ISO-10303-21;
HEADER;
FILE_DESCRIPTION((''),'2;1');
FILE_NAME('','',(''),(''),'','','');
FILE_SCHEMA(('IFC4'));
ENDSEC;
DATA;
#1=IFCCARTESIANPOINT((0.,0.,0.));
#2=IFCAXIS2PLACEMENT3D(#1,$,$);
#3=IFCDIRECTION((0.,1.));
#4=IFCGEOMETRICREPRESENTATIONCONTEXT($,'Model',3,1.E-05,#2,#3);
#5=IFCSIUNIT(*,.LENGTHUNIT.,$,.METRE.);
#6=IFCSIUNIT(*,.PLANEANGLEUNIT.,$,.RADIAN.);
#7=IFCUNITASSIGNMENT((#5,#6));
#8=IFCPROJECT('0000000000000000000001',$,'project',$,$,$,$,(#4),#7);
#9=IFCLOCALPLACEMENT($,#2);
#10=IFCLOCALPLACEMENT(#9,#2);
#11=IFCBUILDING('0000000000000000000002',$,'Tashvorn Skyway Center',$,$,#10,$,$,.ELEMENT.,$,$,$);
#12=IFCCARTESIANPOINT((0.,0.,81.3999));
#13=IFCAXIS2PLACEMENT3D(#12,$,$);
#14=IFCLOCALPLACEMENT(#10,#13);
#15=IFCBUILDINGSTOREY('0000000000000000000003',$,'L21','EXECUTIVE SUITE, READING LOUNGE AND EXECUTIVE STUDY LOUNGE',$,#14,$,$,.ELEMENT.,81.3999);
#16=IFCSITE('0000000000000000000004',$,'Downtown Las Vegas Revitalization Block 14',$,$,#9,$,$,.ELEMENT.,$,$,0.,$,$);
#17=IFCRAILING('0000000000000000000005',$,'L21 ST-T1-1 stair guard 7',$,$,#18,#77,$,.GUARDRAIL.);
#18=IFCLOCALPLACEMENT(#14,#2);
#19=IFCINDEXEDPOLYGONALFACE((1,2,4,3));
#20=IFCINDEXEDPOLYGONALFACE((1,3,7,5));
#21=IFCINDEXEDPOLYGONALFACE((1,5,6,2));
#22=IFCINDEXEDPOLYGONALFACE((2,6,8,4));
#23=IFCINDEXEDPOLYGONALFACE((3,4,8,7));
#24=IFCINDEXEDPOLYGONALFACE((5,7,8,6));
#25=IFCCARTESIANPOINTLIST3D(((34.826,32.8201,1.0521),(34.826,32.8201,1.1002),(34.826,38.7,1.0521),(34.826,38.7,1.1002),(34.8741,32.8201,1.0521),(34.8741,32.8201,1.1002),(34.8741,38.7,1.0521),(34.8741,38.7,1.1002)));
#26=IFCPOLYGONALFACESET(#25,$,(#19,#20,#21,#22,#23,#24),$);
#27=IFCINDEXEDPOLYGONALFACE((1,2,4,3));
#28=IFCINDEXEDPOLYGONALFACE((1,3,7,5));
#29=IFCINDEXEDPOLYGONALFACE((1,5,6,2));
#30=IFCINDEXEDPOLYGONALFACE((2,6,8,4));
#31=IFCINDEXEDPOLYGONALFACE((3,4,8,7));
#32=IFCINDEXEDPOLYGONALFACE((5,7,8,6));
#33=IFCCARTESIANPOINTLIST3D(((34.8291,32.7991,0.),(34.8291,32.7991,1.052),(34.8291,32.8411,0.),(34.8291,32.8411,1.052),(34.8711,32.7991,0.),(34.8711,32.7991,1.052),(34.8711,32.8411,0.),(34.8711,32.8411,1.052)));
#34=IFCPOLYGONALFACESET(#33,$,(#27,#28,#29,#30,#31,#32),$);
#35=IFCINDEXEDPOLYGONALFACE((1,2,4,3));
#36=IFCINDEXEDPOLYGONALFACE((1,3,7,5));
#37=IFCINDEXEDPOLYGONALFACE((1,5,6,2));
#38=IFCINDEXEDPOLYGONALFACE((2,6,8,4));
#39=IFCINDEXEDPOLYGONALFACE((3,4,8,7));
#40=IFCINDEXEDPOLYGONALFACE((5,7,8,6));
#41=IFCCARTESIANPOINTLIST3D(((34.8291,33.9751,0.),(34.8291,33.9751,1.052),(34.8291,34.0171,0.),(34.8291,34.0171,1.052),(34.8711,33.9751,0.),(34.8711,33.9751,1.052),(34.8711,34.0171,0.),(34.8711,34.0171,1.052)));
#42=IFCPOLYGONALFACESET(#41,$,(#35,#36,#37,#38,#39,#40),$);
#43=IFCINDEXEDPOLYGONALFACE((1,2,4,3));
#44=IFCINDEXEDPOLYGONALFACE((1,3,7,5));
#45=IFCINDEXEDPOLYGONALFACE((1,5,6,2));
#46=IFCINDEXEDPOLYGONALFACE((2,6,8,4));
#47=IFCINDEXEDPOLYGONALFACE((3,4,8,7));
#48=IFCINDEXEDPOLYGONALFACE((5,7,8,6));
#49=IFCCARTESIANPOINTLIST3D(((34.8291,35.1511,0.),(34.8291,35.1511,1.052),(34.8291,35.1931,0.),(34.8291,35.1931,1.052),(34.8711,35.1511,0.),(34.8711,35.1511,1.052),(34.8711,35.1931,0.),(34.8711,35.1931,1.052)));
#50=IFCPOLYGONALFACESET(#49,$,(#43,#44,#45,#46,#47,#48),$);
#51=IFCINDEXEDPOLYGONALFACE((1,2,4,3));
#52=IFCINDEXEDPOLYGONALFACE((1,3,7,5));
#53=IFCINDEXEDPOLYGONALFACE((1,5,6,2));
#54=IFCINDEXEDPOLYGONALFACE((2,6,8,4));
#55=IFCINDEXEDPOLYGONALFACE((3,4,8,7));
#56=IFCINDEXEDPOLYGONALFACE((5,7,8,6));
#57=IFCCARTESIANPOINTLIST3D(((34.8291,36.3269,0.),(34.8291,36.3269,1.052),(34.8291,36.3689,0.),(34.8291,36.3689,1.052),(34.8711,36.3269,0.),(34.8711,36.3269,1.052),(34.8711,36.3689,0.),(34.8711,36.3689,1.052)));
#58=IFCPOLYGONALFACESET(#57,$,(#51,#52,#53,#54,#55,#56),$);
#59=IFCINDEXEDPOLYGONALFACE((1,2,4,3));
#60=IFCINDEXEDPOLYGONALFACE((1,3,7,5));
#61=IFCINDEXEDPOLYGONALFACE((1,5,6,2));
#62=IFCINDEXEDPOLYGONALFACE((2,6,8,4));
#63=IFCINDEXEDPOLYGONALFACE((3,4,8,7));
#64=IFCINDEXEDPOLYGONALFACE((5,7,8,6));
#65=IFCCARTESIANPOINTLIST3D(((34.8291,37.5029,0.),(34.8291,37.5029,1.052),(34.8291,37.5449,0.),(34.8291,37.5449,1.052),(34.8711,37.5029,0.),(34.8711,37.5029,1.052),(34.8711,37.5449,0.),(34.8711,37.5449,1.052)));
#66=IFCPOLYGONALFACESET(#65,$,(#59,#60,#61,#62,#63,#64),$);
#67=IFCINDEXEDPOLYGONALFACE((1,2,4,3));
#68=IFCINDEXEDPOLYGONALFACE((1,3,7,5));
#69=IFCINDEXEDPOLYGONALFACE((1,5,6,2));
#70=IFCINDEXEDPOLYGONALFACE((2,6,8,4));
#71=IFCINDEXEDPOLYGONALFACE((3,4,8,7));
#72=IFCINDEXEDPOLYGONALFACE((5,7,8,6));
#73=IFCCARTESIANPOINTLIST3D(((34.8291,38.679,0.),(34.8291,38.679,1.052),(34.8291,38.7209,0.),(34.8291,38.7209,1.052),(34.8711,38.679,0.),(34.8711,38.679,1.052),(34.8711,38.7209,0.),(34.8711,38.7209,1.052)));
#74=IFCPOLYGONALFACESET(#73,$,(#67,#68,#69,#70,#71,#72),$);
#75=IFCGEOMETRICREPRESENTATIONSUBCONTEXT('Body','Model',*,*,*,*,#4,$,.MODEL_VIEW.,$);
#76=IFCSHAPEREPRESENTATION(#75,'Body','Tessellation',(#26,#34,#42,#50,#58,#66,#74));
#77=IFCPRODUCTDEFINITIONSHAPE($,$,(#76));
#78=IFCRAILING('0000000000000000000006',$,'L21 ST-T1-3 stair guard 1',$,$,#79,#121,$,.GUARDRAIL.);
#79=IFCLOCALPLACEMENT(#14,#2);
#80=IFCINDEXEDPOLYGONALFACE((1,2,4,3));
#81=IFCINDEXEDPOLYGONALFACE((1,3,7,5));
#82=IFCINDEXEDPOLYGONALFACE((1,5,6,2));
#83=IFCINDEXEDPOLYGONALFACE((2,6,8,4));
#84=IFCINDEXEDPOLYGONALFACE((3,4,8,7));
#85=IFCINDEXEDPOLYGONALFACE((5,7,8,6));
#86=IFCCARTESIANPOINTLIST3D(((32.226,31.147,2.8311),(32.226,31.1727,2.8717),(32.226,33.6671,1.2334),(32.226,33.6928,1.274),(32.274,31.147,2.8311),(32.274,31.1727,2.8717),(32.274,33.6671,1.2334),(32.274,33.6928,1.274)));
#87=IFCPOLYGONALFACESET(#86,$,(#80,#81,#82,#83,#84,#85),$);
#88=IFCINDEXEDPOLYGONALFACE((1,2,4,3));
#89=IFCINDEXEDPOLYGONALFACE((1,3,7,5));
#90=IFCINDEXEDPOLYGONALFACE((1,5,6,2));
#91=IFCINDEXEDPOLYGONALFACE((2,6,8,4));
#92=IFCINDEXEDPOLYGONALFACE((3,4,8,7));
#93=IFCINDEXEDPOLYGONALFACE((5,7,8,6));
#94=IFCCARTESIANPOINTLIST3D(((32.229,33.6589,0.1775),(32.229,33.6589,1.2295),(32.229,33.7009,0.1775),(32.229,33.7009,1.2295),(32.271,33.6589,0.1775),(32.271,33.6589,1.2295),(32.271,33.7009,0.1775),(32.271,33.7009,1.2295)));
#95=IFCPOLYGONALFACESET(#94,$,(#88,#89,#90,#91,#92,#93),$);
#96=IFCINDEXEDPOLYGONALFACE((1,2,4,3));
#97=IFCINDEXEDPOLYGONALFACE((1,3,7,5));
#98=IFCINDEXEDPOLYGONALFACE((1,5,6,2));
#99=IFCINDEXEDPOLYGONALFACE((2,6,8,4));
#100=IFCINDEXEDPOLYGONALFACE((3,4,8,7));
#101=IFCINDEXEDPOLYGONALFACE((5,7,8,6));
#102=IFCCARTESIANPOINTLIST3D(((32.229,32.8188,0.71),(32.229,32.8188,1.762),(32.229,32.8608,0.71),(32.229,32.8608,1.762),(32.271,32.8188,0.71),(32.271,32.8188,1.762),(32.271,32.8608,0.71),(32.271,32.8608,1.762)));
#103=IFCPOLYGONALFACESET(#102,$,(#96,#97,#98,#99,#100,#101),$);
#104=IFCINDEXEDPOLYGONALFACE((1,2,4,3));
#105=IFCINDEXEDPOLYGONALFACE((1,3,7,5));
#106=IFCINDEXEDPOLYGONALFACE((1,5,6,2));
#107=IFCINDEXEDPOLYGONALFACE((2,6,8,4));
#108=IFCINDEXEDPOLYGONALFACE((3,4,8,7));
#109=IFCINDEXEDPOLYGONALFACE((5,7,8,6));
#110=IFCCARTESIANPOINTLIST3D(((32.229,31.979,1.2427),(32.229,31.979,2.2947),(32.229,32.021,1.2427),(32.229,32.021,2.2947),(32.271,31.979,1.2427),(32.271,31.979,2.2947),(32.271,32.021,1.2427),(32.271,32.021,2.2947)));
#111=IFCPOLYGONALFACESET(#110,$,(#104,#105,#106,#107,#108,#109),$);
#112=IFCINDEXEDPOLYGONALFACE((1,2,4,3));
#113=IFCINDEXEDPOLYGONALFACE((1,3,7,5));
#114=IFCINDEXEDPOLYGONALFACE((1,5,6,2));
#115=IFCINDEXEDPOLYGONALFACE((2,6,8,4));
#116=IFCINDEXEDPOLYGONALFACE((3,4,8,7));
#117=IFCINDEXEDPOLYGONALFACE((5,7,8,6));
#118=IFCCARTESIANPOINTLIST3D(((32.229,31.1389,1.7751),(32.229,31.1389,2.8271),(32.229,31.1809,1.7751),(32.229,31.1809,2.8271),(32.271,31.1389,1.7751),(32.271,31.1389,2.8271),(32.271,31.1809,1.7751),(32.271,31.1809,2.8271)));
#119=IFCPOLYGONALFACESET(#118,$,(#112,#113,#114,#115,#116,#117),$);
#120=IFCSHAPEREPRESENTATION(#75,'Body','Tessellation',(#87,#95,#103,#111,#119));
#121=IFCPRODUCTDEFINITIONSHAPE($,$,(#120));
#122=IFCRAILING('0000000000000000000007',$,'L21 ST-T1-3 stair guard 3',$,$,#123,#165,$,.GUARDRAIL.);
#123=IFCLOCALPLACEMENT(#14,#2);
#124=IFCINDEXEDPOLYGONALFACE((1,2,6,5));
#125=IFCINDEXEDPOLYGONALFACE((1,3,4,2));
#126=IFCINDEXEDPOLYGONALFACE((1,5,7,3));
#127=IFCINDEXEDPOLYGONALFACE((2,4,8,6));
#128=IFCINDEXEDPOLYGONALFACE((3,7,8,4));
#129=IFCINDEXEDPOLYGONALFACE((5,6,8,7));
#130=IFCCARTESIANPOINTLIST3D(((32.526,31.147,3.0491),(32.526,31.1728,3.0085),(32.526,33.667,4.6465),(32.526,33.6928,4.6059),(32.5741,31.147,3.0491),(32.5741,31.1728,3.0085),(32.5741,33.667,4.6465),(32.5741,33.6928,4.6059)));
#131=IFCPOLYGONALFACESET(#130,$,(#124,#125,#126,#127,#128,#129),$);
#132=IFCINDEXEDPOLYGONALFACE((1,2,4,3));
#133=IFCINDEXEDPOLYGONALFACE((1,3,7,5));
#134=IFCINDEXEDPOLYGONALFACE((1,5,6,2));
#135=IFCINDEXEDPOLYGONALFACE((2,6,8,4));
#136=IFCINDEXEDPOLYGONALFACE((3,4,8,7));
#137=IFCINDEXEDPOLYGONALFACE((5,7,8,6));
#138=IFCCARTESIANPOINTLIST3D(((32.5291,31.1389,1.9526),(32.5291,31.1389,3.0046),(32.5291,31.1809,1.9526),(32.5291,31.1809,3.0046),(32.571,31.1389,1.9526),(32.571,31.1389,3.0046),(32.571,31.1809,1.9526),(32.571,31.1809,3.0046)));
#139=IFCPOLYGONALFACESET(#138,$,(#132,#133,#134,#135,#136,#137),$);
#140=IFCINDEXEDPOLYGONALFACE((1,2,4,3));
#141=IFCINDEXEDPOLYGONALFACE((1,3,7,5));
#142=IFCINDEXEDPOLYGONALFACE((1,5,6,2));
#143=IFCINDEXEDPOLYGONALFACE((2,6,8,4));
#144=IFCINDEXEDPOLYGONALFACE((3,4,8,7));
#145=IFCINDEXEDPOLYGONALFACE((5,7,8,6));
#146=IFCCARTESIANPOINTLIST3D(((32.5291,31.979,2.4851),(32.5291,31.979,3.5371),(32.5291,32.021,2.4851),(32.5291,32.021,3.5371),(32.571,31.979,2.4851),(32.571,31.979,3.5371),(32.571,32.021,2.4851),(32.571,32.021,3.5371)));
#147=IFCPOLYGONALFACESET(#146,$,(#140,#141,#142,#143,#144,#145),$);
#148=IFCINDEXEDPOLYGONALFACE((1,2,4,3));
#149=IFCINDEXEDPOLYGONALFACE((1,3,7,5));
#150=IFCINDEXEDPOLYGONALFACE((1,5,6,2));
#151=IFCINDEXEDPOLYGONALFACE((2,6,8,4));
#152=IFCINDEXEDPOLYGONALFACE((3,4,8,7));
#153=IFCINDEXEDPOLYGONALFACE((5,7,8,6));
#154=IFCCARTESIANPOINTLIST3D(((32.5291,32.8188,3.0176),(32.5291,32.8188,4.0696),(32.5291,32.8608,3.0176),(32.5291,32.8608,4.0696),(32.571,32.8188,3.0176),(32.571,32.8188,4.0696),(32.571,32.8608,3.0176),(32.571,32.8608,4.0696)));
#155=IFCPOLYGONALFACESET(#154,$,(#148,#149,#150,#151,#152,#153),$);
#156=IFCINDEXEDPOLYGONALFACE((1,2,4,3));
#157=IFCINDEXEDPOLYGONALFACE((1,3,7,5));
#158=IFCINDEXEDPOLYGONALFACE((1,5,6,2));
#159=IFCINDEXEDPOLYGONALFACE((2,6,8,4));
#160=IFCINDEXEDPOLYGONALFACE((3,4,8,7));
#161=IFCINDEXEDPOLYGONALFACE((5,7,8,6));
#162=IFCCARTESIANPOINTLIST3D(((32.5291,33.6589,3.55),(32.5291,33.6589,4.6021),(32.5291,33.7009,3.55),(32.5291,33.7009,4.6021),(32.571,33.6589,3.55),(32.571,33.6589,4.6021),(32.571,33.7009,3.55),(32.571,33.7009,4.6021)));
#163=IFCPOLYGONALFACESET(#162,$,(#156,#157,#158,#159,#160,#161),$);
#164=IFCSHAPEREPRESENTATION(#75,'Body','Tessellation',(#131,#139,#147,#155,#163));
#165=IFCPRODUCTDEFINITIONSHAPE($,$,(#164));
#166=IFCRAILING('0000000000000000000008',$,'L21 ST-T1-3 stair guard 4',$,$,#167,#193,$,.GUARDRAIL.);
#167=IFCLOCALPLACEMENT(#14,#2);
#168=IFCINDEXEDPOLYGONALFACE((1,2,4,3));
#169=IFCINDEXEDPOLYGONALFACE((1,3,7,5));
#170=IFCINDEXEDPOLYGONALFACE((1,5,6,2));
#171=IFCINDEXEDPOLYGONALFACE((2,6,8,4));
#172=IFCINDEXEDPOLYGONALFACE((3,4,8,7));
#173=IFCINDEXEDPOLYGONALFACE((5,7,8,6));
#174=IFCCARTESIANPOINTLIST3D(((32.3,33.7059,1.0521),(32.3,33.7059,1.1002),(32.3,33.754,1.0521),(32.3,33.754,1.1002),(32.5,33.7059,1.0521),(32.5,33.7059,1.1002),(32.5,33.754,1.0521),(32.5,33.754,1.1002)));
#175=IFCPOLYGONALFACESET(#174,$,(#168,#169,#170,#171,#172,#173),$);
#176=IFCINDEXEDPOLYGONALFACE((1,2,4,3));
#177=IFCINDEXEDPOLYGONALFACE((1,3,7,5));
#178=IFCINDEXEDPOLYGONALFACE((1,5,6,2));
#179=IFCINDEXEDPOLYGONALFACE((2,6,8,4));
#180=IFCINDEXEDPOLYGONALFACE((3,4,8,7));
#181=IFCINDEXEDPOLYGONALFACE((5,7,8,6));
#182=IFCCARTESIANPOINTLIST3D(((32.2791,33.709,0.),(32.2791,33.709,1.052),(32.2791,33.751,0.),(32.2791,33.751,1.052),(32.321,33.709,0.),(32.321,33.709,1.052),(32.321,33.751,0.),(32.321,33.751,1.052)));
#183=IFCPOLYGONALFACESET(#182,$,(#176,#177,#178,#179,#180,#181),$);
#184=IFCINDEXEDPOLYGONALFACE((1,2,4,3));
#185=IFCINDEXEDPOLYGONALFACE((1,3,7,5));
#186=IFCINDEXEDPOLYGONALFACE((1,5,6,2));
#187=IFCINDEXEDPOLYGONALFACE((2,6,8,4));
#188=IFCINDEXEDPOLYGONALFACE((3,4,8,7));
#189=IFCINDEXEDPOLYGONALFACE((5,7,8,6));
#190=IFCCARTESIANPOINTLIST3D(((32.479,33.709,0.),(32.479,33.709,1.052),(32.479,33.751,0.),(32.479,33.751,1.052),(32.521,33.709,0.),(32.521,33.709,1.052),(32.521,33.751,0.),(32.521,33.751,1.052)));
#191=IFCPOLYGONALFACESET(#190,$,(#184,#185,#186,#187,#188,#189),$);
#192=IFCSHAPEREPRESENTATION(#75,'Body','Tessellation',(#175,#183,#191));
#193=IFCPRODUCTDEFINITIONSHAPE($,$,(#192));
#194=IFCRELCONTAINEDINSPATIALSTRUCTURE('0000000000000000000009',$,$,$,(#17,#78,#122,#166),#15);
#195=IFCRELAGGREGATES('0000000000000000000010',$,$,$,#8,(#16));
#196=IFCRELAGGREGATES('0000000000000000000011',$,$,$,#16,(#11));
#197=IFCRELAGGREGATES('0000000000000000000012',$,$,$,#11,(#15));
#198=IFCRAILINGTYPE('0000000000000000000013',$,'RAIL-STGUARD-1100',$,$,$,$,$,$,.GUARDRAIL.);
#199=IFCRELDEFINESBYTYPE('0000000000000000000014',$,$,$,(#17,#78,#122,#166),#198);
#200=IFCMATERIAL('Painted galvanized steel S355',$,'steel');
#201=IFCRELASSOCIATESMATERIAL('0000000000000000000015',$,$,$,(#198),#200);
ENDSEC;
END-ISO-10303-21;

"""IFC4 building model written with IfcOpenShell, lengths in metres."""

from ifc_helpers import new_model, si_unit, direction, frame, origin, origin_2d, place, context, subcontext, project, spatial, rectangle, extrude, material, type_object, element, save


model = new_model("IFC4")

# Units and contexts
model_context = context("Model", 3, precision=1e-05, world=origin(), true_north=direction((0.0, 1.0)))
body_context = subcontext(model_context, "Body", "Model", "MODEL_VIEW")
ifc_project = project(units=[si_unit("LENGTHUNIT", "METRE"), si_unit("PLANEANGLEUNIT", "RADIAN")], contexts=[model_context])

# Site, building, storey
site_placement = place(None, origin())
site = spatial("IfcSite", under=ifc_project, at=site_placement, Name="Downtown Las Vegas Revitalization Block 14", CompositionType="ELEMENT", RefElevation=0.0)
building_placement = place(site_placement, origin())
building = spatial("IfcBuilding", under=site, at=building_placement, Name="Tashvorn Skyway Center", CompositionType="ELEMENT")
storey_placement = place(building_placement, frame((0.0, 0.0, 81.3999)))
storey = spatial("IfcBuildingStorey", under=building, at=storey_placement, Name="L21", Description="EXECUTIVE SUITE, READING LOUNGE AND EXECUTIVE STUDY LOUNGE", CompositionType="ELEMENT", Elevation=81.3999)

# Railings
ifc_material_1 = material(Name="Painted galvanized steel S355", Category="steel")
railing_type_1 = type_object("IfcRailingType", Name="RAIL-STGUARD-1100", PredefinedType="GUARDRAIL", material=ifc_material_1)
railing_1_placement = place(storey_placement, frame((34.8501, 32.8201, 0.0)))
element("IfcRailing", 1, at=railing_1_placement, inside=storey, type_object=railing_type_1, Name="L21 ST-T1-1 stair guard 7", PredefinedType="GUARDRAIL", context=body_context, shape_type="SweptSolid", body=[
    extrude(rectangle(XDim=0.0481, YDim=0.0481, at=origin_2d()), frame((0.0, 0.0, 1.0762), z_axis=(0.0, 1.0, 0.0), x_axis=(-1.0, 0.0, 0.0)), (0.0, 0.0, 1.0), 5.8799),
    extrude(rectangle(XDim=0.042, YDim=0.042, at=origin_2d()), origin(), (0.0, 0.0, 1.0), 1.052),
    extrude(rectangle(XDim=0.042, YDim=0.042, at=origin_2d()), frame((0.0, 1.176, 0.0)), (0.0, 0.0, 1.0), 1.052),
    extrude(rectangle(XDim=0.042, YDim=0.042, at=origin_2d()), frame((0.0, 2.3521, 0.0)), (0.0, 0.0, 1.0), 1.052),
    extrude(rectangle(XDim=0.042, YDim=0.042, at=origin_2d()), frame((0.0, 3.5278, 0.0)), (0.0, 0.0, 1.0), 1.052),
    extrude(rectangle(XDim=0.042, YDim=0.042, at=origin_2d()), frame((0.0, 4.7039, 0.0)), (0.0, 0.0, 1.0), 1.052),
    extrude(rectangle(XDim=0.042, YDim=0.042, at=origin_2d()), frame((0.0, 5.8799, 0.0)), (0.0, 0.0, 1.0), 1.052),
])
railing_2_placement = place(storey_placement, frame((32.25, 33.6799, 0.1775)))
element("IfcRailing", 2, at=railing_2_placement, inside=storey, type_object=railing_type_1, Name="L21 ST-T1-3 stair guard 1", PredefinedType="GUARDRAIL", context=body_context, shape_type="SweptSolid", body=[
    extrude(rectangle(XDim=0.0481, YDim=0.0481, at=origin_2d()), frame((0.0, 0.0, 1.0762), z_axis=(0.0, -0.84457, 0.535445), x_axis=(1.0, 0.0, 0.0)), (0.0, 0.0, 1.0), 2.9839),
    extrude(rectangle(XDim=0.042, YDim=0.042, at=origin_2d()), origin(), (0.0, 0.0, 1.0), 1.052),
    extrude(rectangle(XDim=0.042, YDim=0.042, at=origin_2d()), frame((0.0, -0.8401, 0.5325)), (0.0, 0.0, 1.0), 1.052),
    extrude(rectangle(XDim=0.042, YDim=0.042, at=origin_2d()), frame((0.0, -1.6799, 1.0652)), (0.0, 0.0, 1.0), 1.052),
    extrude(rectangle(XDim=0.042, YDim=0.042, at=origin_2d()), frame((0.0, -2.52, 1.5977)), (0.0, 0.0, 1.0), 1.052),
])
railing_3_placement = place(storey_placement, frame((32.55, 31.1599, 1.9526)))
element("IfcRailing", 3, at=railing_3_placement, inside=storey, type_object=railing_type_1, Name="L21 ST-T1-3 stair guard 3", PredefinedType="GUARDRAIL", context=body_context, shape_type="SweptSolid", body=[
    extrude(rectangle(XDim=0.0481, YDim=0.0481, at=origin_2d()), frame((0.0, 0.0, 1.0762), z_axis=(0.0, 0.844607, 0.535387), x_axis=(-1.0, 0.0, 0.0)), (0.0, 0.0, 1.0), 2.9836),
    extrude(rectangle(XDim=0.042, YDim=0.042, at=origin_2d()), origin(), (0.0, 0.0, 1.0), 1.052),
    extrude(rectangle(XDim=0.042, YDim=0.042, at=origin_2d()), frame((0.0, 0.8401, 0.5325)), (0.0, 0.0, 1.0), 1.052),
    extrude(rectangle(XDim=0.042, YDim=0.042, at=origin_2d()), frame((0.0, 1.6799, 1.0649)), (0.0, 0.0, 1.0), 1.052),
    extrude(rectangle(XDim=0.042, YDim=0.042, at=origin_2d()), frame((0.0, 2.52, 1.5974)), (0.0, 0.0, 1.0), 1.052),
])
railing_4_placement = place(storey_placement, frame((32.3, 33.73, 0.0)))
element("IfcRailing", 4, at=railing_4_placement, inside=storey, type_object=railing_type_1, Name="L21 ST-T1-3 stair guard 4", PredefinedType="GUARDRAIL", context=body_context, shape_type="SweptSolid", body=[
    extrude(rectangle(XDim=0.0481, YDim=0.0481, at=origin_2d()), frame((0.0, 0.0, 1.0762), z_axis=(1.0, 0.0, 0.0), x_axis=(0.0, 1.0, 0.0)), (0.0, 0.0, 1.0), 0.2),
    extrude(rectangle(XDim=0.042, YDim=0.042, at=origin_2d()), origin(), (0.0, 0.0, 1.0), 1.052),
    extrude(rectangle(XDim=0.042, YDim=0.042, at=origin_2d()), frame((0.2, 0.0, 0.0)), (0.0, 0.0, 1.0), 1.052),
])

save(model, "model.ifc")
